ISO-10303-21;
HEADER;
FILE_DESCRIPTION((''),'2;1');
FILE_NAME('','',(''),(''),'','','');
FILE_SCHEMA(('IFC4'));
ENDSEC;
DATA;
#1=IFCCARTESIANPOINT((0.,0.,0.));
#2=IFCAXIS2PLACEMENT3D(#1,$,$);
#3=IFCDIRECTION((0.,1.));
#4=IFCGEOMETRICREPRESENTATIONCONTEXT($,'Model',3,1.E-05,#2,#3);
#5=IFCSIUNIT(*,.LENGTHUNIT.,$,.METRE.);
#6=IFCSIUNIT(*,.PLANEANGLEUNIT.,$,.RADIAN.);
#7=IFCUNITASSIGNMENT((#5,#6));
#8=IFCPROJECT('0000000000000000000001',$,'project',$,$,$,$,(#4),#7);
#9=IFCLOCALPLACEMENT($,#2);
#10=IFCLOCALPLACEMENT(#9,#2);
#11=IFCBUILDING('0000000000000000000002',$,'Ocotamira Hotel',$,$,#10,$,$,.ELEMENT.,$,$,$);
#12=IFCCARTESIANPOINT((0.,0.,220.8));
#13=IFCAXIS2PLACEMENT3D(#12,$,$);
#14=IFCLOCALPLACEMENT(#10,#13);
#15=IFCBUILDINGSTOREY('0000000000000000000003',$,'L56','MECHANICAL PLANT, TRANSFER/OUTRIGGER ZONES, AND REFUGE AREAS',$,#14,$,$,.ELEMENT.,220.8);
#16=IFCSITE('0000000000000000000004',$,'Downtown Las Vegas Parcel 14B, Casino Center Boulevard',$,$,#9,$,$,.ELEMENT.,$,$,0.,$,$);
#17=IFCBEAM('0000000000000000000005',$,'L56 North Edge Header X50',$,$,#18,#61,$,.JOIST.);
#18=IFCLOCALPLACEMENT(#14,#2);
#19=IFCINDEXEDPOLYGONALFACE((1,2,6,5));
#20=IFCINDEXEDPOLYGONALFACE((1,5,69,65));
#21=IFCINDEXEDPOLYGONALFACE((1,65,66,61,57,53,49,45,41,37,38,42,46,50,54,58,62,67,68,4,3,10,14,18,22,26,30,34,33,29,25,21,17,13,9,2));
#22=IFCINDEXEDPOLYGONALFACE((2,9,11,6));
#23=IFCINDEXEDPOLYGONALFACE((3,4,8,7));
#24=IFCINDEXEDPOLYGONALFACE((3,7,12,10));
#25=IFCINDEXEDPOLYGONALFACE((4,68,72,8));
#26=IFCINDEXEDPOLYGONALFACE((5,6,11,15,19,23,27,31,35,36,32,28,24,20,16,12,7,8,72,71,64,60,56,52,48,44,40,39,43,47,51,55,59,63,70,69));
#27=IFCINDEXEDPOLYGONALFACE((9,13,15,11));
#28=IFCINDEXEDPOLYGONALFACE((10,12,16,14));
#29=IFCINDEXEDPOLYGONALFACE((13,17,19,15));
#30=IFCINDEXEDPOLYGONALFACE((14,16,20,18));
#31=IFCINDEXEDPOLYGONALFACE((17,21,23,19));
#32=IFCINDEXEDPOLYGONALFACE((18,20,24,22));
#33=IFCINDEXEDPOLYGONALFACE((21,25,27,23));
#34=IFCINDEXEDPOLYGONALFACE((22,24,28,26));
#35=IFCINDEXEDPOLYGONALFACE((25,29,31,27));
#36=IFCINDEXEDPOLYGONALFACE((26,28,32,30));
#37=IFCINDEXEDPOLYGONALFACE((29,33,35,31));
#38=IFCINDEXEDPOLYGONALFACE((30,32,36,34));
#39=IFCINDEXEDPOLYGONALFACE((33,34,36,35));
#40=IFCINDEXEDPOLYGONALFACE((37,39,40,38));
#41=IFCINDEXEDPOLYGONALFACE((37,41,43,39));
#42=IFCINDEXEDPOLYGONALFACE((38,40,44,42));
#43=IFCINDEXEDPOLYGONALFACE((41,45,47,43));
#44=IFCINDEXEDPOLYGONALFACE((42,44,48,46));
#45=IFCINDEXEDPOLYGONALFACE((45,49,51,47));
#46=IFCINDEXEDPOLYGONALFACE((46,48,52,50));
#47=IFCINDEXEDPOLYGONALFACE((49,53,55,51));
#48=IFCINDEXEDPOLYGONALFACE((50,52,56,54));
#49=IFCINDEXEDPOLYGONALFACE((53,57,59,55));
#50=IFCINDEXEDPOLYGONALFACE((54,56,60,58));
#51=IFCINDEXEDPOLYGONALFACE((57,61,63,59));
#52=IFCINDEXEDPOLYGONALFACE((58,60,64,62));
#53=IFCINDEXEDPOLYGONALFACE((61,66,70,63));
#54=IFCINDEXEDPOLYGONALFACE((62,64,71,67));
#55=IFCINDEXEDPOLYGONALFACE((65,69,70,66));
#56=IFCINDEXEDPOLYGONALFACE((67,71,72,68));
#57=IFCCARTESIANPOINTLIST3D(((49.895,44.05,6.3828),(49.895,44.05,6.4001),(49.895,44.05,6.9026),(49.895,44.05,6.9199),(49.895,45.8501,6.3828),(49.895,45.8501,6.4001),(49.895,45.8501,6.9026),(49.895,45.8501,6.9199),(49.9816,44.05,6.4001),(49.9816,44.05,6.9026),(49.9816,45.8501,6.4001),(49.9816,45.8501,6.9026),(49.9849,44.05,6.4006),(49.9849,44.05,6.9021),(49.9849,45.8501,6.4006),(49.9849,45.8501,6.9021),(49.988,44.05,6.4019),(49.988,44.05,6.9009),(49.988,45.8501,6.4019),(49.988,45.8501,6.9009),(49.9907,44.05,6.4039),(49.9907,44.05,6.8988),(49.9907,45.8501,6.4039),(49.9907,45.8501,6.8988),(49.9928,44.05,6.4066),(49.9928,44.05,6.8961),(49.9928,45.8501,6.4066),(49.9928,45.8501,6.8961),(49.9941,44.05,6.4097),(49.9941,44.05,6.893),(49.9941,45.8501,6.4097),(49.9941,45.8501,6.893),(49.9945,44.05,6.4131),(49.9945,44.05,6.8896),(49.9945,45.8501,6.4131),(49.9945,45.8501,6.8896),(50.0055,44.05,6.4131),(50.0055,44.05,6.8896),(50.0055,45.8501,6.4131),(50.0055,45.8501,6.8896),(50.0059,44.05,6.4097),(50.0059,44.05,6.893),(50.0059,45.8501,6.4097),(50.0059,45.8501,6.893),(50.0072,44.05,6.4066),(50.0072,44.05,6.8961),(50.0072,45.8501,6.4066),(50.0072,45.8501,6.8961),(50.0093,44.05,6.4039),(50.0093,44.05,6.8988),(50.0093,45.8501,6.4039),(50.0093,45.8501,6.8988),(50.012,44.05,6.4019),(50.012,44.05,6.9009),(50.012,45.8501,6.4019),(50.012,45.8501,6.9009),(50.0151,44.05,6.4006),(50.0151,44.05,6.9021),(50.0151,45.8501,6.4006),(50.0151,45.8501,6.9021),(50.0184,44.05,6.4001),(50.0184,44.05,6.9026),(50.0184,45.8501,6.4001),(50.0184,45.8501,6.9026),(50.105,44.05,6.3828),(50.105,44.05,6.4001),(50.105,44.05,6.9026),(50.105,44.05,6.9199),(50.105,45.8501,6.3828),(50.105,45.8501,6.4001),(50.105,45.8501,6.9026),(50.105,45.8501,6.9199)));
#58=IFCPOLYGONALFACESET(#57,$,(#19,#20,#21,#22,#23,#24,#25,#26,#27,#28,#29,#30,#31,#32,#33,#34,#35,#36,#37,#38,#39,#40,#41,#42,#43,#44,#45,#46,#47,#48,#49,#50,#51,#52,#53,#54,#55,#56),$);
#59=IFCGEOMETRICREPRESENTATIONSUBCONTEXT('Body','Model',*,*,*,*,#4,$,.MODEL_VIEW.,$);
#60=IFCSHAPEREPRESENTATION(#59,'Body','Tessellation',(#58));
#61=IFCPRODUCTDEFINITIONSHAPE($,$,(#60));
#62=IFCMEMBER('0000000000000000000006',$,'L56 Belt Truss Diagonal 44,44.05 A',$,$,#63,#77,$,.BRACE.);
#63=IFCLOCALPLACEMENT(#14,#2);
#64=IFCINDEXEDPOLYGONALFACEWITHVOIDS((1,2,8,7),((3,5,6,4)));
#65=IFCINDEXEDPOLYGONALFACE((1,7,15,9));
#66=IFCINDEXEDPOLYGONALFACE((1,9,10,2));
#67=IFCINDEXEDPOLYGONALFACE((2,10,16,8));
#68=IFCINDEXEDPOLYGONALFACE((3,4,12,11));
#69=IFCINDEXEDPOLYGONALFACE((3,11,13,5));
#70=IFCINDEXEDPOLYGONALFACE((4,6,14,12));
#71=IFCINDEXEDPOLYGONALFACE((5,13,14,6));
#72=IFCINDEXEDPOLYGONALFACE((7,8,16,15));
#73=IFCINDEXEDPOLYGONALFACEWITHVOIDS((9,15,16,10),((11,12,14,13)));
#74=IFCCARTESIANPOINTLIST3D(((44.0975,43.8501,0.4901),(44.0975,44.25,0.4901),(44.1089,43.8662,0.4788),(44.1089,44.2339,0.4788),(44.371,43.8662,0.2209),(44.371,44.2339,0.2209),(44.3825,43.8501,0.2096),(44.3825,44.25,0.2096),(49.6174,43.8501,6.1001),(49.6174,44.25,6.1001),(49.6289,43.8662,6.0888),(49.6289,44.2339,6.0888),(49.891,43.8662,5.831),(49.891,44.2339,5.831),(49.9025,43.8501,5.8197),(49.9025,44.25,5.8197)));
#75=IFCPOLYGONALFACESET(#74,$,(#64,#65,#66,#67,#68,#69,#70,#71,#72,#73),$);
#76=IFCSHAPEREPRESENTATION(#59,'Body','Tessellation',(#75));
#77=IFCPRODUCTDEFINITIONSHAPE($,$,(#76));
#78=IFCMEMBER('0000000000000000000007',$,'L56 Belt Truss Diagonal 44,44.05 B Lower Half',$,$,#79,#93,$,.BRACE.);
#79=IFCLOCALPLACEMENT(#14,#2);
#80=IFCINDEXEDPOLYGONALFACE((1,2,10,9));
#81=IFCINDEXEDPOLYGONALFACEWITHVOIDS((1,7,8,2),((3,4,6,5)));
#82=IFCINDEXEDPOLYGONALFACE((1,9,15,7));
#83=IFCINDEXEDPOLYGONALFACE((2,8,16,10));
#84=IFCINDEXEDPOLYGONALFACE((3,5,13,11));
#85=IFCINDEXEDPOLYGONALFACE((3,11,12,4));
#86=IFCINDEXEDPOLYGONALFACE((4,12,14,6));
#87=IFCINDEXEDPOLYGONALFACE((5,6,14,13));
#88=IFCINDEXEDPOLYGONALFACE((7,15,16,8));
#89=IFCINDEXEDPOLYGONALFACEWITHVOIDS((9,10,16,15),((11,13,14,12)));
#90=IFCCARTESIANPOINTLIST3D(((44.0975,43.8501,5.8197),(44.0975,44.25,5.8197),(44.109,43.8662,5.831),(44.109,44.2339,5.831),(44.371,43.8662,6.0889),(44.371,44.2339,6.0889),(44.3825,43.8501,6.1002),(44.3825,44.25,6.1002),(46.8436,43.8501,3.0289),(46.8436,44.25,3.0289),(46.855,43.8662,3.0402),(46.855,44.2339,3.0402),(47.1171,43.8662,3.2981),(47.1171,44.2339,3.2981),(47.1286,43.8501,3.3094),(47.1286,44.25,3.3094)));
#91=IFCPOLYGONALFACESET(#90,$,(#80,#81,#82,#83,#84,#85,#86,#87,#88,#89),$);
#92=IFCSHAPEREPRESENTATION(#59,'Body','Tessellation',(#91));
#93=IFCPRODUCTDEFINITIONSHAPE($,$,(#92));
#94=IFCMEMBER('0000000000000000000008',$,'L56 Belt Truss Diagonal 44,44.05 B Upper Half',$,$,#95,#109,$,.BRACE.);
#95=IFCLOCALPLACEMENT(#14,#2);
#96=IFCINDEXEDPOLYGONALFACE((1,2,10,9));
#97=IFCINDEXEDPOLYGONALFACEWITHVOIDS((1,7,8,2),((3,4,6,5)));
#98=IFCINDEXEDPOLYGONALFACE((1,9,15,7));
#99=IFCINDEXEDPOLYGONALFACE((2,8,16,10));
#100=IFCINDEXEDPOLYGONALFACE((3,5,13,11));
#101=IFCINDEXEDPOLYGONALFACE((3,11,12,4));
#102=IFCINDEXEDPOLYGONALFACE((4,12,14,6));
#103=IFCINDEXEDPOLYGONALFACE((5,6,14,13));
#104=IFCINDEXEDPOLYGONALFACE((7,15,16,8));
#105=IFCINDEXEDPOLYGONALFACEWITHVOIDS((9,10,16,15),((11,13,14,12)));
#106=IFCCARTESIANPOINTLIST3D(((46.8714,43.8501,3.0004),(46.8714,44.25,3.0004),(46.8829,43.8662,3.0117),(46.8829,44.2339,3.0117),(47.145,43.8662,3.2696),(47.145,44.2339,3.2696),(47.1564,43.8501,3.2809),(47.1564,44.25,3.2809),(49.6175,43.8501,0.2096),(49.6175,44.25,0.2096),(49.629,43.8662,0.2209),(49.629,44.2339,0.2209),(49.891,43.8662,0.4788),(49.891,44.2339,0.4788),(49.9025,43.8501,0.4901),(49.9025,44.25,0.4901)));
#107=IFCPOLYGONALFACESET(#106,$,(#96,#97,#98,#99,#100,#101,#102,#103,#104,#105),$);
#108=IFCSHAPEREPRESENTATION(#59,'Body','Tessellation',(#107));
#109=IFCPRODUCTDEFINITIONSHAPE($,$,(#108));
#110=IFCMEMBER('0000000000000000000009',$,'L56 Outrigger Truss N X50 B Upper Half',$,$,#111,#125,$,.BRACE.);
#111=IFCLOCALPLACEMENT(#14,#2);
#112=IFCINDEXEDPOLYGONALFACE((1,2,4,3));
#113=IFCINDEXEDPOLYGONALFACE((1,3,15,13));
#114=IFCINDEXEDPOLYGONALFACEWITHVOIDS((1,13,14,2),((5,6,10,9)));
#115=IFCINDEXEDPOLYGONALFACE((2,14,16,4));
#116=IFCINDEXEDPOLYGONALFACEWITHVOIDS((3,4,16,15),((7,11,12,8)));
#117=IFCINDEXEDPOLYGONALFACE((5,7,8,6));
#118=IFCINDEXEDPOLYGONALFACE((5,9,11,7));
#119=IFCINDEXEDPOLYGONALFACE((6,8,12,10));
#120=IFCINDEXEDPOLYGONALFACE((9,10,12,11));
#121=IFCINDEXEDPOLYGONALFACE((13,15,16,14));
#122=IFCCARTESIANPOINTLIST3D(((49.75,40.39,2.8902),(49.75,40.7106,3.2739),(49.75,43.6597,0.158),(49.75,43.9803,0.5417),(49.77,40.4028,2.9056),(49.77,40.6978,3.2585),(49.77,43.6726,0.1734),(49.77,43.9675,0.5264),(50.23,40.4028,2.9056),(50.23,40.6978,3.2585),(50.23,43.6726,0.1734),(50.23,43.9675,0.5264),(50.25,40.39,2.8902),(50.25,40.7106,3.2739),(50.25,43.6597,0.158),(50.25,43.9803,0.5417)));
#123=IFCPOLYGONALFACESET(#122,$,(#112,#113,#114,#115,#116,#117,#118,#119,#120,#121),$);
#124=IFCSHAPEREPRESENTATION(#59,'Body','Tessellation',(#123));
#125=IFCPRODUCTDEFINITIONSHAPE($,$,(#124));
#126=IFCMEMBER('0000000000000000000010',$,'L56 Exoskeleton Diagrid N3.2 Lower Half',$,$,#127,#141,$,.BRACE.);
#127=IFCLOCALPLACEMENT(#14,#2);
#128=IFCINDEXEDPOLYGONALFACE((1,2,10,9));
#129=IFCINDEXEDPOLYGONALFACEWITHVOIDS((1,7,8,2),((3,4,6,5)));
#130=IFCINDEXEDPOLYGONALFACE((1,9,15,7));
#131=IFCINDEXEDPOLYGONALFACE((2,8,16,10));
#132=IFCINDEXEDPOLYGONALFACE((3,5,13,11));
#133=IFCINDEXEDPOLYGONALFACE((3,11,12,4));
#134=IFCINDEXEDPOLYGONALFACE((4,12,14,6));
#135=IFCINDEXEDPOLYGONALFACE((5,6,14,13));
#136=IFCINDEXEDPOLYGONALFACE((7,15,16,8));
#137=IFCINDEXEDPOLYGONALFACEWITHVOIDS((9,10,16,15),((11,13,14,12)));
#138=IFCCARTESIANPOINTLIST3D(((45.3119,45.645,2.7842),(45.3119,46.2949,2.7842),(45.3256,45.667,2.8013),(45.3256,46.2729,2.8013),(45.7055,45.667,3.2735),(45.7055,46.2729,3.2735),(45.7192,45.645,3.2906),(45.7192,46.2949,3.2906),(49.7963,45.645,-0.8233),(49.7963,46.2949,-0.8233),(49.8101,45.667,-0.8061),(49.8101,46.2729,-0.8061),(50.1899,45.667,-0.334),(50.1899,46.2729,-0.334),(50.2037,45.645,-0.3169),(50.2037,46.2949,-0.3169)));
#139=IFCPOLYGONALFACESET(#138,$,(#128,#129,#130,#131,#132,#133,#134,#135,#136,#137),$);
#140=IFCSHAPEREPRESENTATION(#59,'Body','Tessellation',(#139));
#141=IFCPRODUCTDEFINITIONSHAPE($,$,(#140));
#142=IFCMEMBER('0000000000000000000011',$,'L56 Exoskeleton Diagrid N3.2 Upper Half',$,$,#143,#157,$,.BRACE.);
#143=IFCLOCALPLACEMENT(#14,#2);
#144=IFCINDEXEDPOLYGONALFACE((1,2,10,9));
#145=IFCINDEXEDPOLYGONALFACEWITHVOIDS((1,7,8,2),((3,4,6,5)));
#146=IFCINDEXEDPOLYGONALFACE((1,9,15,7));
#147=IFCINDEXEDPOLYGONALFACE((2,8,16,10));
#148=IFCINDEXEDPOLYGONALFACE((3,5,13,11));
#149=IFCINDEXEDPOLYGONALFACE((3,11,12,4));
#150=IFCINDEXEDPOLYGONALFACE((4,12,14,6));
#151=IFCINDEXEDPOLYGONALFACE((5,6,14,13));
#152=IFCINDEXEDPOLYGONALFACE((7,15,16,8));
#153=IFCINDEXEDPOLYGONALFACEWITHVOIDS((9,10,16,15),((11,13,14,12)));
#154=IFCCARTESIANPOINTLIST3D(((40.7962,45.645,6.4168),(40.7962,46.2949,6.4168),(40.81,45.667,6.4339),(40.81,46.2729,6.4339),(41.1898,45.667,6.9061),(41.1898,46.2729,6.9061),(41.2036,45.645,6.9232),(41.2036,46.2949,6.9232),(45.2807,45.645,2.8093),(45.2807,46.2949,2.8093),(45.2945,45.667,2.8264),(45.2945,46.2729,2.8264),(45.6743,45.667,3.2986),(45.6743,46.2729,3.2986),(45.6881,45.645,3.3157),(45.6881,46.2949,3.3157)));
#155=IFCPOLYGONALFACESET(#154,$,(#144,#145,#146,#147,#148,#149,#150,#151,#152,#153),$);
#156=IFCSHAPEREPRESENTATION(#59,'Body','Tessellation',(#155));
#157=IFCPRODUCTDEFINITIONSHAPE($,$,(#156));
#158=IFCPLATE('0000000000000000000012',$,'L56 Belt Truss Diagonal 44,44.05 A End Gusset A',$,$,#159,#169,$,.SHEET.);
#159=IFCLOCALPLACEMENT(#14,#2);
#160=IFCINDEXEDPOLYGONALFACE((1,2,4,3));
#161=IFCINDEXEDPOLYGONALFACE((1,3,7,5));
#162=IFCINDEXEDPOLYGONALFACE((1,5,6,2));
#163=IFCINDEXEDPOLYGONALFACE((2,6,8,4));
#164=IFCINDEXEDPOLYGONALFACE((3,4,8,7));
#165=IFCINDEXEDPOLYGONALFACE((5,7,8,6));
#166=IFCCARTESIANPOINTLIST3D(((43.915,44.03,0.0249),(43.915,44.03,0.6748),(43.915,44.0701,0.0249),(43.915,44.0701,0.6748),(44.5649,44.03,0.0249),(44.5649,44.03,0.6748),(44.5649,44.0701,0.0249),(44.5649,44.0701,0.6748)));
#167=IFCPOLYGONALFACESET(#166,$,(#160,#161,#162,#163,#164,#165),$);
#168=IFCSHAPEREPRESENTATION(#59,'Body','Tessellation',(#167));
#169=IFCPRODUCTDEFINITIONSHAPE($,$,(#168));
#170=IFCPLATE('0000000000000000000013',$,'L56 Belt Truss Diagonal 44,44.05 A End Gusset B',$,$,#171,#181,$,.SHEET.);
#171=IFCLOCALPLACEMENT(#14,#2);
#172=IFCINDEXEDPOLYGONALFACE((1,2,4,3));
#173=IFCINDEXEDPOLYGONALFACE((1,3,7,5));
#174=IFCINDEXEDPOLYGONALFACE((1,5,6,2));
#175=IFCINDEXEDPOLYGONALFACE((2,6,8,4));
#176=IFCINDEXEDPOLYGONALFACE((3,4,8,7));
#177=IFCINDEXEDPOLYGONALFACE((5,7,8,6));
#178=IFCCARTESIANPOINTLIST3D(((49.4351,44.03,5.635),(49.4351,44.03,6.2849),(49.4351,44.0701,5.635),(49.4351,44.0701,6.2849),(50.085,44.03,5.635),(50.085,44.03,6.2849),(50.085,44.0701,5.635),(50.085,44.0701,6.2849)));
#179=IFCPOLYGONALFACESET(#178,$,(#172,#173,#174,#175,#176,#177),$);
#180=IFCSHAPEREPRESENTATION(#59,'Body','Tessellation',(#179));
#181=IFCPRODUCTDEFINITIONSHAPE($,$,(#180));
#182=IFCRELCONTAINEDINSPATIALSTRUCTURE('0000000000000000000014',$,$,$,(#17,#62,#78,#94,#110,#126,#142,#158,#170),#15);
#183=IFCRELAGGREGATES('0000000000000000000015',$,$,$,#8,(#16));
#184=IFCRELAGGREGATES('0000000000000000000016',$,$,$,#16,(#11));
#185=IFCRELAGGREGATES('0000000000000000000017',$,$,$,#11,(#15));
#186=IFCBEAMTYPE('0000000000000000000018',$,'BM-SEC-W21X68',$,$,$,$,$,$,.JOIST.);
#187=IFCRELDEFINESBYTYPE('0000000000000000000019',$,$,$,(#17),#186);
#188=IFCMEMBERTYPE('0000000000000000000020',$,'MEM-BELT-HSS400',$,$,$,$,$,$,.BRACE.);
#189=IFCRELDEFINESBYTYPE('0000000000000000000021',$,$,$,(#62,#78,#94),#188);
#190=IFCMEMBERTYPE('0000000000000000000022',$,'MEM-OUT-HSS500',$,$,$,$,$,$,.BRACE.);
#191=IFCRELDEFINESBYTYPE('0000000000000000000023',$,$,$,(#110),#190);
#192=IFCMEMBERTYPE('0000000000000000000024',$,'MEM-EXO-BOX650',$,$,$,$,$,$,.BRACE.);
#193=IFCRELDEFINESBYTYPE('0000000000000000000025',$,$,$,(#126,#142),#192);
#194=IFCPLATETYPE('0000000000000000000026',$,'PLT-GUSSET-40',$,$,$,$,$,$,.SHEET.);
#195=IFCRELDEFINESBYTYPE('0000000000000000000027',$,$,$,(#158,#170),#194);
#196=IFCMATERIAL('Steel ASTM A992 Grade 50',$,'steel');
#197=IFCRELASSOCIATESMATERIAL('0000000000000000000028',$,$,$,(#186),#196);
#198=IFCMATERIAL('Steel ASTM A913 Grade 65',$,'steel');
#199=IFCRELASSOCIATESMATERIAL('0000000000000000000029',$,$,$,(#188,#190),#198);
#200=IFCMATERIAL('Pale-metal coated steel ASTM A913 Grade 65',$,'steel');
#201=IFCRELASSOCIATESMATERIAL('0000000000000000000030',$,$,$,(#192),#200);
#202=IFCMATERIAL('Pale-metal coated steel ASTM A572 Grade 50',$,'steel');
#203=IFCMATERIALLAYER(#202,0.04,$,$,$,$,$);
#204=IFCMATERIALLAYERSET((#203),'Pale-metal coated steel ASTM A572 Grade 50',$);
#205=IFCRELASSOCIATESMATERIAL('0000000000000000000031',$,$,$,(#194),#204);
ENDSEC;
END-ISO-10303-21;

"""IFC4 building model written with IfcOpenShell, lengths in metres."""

from ifc_helpers import new_model, si_unit, direction, frame, origin, origin_2d, place, context, subcontext, project, spatial, rectangle, hollow_rectangle, i_section, extrude, source, transform, mapped, material, layer, layer_set, material_profile, profile_set, type_object, element, save


model = new_model("IFC4")

# Units and contexts
model_context = context("Model", 3, precision=1e-05, world=origin(), true_north=direction((0.0, 1.0)))
body_context = subcontext(model_context, "Body", "Model", "MODEL_VIEW")
ifc_project = project(units=[si_unit("LENGTHUNIT", "METRE"), si_unit("PLANEANGLEUNIT", "RADIAN")], contexts=[model_context])

# Site, building, storey
site_placement = place(None, origin())
site = spatial("IfcSite", under=ifc_project, at=site_placement, Name="Downtown Las Vegas Parcel 14B, Casino Center Boulevard", CompositionType="ELEMENT", RefElevation=0.0)
building_placement = place(site_placement, origin())
building = spatial("IfcBuilding", under=site, at=building_placement, Name="Ocotamira Hotel", CompositionType="ELEMENT")
storey_placement = place(building_placement, frame((0.0, 0.0, 220.8)))
storey = spatial("IfcBuildingStorey", under=building, at=storey_placement, Name="L56", Description="MECHANICAL PLANT, TRANSFER/OUTRIGGER ZONES, AND REFUGE AREAS", CompositionType="ELEMENT", Elevation=220.8)

# Shared definitions
ifc_material_1 = material(Name="Steel ASTM A913 Grade 65", Category="steel")

# Beam
ifc_material_2 = material(Name="Steel ASTM A992 Grade 50", Category="steel")
ifc_material_profile_1 = material_profile(ifc_material_2, i_section(OverallWidth=0.21, OverallDepth=0.5371, WebThickness=0.011, FlangeThickness=0.0173, FilletRadius=0.0129, at=origin_2d()), Name="W21X68")
ifc_profile_set_1 = profile_set([ifc_material_profile_1], Name="Steel ASTM A992 Grade 50")
beam_type_1 = type_object("IfcBeamType", Name="BM-SEC-W21X68", PredefinedType="JOIST", material=ifc_profile_set_1)
shared_shape_1 = source(origin(), body_context, "Body", "SweptSolid", [
    extrude(i_section(OverallWidth=0.21, OverallDepth=0.5371, WebThickness=0.011, FlangeThickness=0.0173, FilletRadius=0.0129, at=origin_2d()), origin(), (0.0, 0.0, 1.0), 1.8),
])
for number, where, z_axis, x_axis, name in (
    (1, (50.0, 44.05, 6.6514), (0.0, 1.0, 0.0), (-1.0, 0.0, 0.0), "L56 North Edge Header X50"),
):
    element("IfcBeam", number, at=place(storey_placement, frame(where, z_axis=z_axis, x_axis=x_axis)), inside=storey, type_object=beam_type_1, Name=name, PredefinedType="JOIST", context=body_context, shape_type="MappedRepresentation", body=[
        mapped(shared_shape_1, transform((0.0, 0.0, 0.0), scale=1.0)),
    ])

# Members
ifc_material_profile_2 = material_profile(ifc_material_1, hollow_rectangle(XDim=0.3999, YDim=0.3999, WallThickness=0.0161, at=origin_2d()), Name="HSS400X400X16")
ifc_profile_set_2 = profile_set([ifc_material_profile_2], Name="Steel ASTM A913 Grade 65")
member_type_1 = type_object("IfcMemberType", Name="MEM-BELT-HSS400", PredefinedType="BRACE", material=ifc_profile_set_2)
shared_shape_2 = source(origin(), body_context, "Body", "SweptSolid", [
    extrude(hollow_rectangle(XDim=0.3999, YDim=0.3999, WallThickness=0.0161, at=origin_2d()), origin(), (0.0, 0.0, 1.0), 7.8704),
])
member_1_placement = place(storey_placement, frame((44.24, 44.05, 0.3499), z_axis=(0.70136, 0.0, 0.712807), x_axis=(0.0, 1.0, 0.0)))
element("IfcMember", 2, at=member_1_placement, inside=storey, type_object=member_type_1, Name="L56 Belt Truss Diagonal 44,44.05 A", PredefinedType="BRACE", context=body_context, shape_type="MappedRepresentation", body=[
    mapped(shared_shape_2, transform((0.0, 0.0, 0.0), scale=1.0)),
])
shared_shape_3 = source(origin(), body_context, "Body", "SweptSolid", [
    extrude(hollow_rectangle(XDim=0.3999, YDim=0.3999, WallThickness=0.0161, at=origin_2d()), origin(), (0.0, 0.0, 1.0), 3.9153),
])
for number, where, z_axis, x_axis, name in (
    (3, (44.24, 44.05, 5.96), (0.701378, 0.0, -0.712789), (0.0, 1.0, 0.0), "L56 Belt Truss Diagonal 44,44.05 B Lower Half"),
    (4, (47.0139, 44.05, 3.1406), (0.701378, 0.0, -0.712789), (0.0, 1.0, 0.0), "L56 Belt Truss Diagonal 44,44.05 B Upper Half"),
):
    element("IfcMember", number, at=place(storey_placement, frame(where, z_axis=z_axis, x_axis=x_axis)), inside=storey, type_object=member_type_1, Name=name, PredefinedType="BRACE", context=body_context, shape_type="MappedRepresentation", body=[
        mapped(shared_shape_3, transform((0.0, 0.0, 0.0), scale=1.0)),
    ])
ifc_material_profile_3 = material_profile(ifc_material_1, hollow_rectangle(XDim=0.5, YDim=0.5, WallThickness=0.02, at=origin_2d()), Name="HSS500X500X20")
ifc_profile_set_3 = profile_set([ifc_material_profile_3], Name="Steel ASTM A913 Grade 65")
member_type_2 = type_object("IfcMemberType", Name="MEM-OUT-HSS500", PredefinedType="BRACE", material=ifc_profile_set_3)
shared_shape_4 = source(origin(), body_context, "Body", "SweptSolid", [
    extrude(hollow_rectangle(XDim=0.5, YDim=0.5, WallThickness=0.02, at=origin_2d()), origin(), (0.0, 0.0, 1.0), 4.261),
])
member_2_placement = place(storey_placement, frame((50.0, 40.5503, 3.082), z_axis=(0.0, 0.767371, -0.641204), x_axis=(-1.0, 0.0, 0.0)))
element("IfcMember", 5, at=member_2_placement, inside=storey, type_object=member_type_2, Name="L56 Outrigger Truss N X50 B Upper Half", PredefinedType="BRACE", context=body_context, shape_type="MappedRepresentation", body=[
    mapped(shared_shape_4, transform((0.0, 0.0, 0.0), scale=1.0)),
])
ifc_material_3 = material(Name="Pale-metal coated steel ASTM A913 Grade 65", Category="steel")
ifc_material_profile_4 = material_profile(ifc_material_3, hollow_rectangle(XDim=0.6499, YDim=0.6499, WallThickness=0.022, at=origin_2d()), Name="BOX650X650X22")
ifc_profile_set_4 = profile_set([ifc_material_profile_4], Name="Pale-metal coated steel ASTM A913 Grade 65")
member_type_3 = type_object("IfcMemberType", Name="MEM-EXO-BOX650", PredefinedType="BRACE", material=ifc_profile_set_4)
shared_shape_5 = source(origin(), body_context, "Body", "SweptSolid", [
    extrude(hollow_rectangle(XDim=0.6499, YDim=0.6499, WallThickness=0.022, at=origin_2d()), origin(), (0.0, 0.0, 1.0), 5.7554),
])
for number, where, z_axis, x_axis, name in (
    (6, (50.0, 45.97, -0.5701), (-0.779177, 0.0, 0.626803), (0.0, -1.0, 0.0), "L56 Exoskeleton Diagrid N3.2 Lower Half"),
    (7, (45.4844, 45.97, 3.0625), (-0.779177, 0.0, 0.626803), (0.0, -1.0, 0.0), "L56 Exoskeleton Diagrid N3.2 Upper Half"),
):
    element("IfcMember", number, at=place(storey_placement, frame(where, z_axis=z_axis, x_axis=x_axis)), inside=storey, type_object=member_type_3, Name=name, PredefinedType="BRACE", context=body_context, shape_type="MappedRepresentation", body=[
        mapped(shared_shape_5, transform((0.0, 0.0, 0.0), scale=1.0)),
    ])

# Plates
ifc_material_4 = material(Name="Pale-metal coated steel ASTM A572 Grade 50", Category="steel")
ifc_layer_1 = layer(ifc_material_4, 0.04)
ifc_layer_set_1 = layer_set([ifc_layer_1], Name="Pale-metal coated steel ASTM A572 Grade 50")
plate_type = type_object("IfcPlateType", Name="PLT-GUSSET-40", PredefinedType="SHEET", material=ifc_layer_set_1)
shared_shape_6 = source(origin(), body_context, "Body", "SweptSolid", [
    extrude(rectangle(XDim=0.6499, YDim=0.04, at=origin_2d()), origin(), (0.0, 0.0, 1.0), 0.6499),
])
for number, where, z_axis, x_axis, name in (
    (8, (44.24, 44.05, 0.0249), (0.0, 0.0, 1.0), (1.0, 0.0, 0.0), "L56 Belt Truss Diagonal 44,44.05 A End Gusset A"),
    (9, (49.76, 44.05, 5.635), (0.0, 0.0, 1.0), (1.0, 0.0, 0.0), "L56 Belt Truss Diagonal 44,44.05 A End Gusset B"),
):
    element("IfcPlate", number, at=place(storey_placement, frame(where, z_axis=z_axis, x_axis=x_axis)), inside=storey, type_object=plate_type, Name=name, PredefinedType="SHEET", context=body_context, shape_type="MappedRepresentation", body=[
        mapped(shared_shape_6, transform((0.0, 0.0, 0.0), scale=1.0)),
    ])

save(model, "model.ifc")
